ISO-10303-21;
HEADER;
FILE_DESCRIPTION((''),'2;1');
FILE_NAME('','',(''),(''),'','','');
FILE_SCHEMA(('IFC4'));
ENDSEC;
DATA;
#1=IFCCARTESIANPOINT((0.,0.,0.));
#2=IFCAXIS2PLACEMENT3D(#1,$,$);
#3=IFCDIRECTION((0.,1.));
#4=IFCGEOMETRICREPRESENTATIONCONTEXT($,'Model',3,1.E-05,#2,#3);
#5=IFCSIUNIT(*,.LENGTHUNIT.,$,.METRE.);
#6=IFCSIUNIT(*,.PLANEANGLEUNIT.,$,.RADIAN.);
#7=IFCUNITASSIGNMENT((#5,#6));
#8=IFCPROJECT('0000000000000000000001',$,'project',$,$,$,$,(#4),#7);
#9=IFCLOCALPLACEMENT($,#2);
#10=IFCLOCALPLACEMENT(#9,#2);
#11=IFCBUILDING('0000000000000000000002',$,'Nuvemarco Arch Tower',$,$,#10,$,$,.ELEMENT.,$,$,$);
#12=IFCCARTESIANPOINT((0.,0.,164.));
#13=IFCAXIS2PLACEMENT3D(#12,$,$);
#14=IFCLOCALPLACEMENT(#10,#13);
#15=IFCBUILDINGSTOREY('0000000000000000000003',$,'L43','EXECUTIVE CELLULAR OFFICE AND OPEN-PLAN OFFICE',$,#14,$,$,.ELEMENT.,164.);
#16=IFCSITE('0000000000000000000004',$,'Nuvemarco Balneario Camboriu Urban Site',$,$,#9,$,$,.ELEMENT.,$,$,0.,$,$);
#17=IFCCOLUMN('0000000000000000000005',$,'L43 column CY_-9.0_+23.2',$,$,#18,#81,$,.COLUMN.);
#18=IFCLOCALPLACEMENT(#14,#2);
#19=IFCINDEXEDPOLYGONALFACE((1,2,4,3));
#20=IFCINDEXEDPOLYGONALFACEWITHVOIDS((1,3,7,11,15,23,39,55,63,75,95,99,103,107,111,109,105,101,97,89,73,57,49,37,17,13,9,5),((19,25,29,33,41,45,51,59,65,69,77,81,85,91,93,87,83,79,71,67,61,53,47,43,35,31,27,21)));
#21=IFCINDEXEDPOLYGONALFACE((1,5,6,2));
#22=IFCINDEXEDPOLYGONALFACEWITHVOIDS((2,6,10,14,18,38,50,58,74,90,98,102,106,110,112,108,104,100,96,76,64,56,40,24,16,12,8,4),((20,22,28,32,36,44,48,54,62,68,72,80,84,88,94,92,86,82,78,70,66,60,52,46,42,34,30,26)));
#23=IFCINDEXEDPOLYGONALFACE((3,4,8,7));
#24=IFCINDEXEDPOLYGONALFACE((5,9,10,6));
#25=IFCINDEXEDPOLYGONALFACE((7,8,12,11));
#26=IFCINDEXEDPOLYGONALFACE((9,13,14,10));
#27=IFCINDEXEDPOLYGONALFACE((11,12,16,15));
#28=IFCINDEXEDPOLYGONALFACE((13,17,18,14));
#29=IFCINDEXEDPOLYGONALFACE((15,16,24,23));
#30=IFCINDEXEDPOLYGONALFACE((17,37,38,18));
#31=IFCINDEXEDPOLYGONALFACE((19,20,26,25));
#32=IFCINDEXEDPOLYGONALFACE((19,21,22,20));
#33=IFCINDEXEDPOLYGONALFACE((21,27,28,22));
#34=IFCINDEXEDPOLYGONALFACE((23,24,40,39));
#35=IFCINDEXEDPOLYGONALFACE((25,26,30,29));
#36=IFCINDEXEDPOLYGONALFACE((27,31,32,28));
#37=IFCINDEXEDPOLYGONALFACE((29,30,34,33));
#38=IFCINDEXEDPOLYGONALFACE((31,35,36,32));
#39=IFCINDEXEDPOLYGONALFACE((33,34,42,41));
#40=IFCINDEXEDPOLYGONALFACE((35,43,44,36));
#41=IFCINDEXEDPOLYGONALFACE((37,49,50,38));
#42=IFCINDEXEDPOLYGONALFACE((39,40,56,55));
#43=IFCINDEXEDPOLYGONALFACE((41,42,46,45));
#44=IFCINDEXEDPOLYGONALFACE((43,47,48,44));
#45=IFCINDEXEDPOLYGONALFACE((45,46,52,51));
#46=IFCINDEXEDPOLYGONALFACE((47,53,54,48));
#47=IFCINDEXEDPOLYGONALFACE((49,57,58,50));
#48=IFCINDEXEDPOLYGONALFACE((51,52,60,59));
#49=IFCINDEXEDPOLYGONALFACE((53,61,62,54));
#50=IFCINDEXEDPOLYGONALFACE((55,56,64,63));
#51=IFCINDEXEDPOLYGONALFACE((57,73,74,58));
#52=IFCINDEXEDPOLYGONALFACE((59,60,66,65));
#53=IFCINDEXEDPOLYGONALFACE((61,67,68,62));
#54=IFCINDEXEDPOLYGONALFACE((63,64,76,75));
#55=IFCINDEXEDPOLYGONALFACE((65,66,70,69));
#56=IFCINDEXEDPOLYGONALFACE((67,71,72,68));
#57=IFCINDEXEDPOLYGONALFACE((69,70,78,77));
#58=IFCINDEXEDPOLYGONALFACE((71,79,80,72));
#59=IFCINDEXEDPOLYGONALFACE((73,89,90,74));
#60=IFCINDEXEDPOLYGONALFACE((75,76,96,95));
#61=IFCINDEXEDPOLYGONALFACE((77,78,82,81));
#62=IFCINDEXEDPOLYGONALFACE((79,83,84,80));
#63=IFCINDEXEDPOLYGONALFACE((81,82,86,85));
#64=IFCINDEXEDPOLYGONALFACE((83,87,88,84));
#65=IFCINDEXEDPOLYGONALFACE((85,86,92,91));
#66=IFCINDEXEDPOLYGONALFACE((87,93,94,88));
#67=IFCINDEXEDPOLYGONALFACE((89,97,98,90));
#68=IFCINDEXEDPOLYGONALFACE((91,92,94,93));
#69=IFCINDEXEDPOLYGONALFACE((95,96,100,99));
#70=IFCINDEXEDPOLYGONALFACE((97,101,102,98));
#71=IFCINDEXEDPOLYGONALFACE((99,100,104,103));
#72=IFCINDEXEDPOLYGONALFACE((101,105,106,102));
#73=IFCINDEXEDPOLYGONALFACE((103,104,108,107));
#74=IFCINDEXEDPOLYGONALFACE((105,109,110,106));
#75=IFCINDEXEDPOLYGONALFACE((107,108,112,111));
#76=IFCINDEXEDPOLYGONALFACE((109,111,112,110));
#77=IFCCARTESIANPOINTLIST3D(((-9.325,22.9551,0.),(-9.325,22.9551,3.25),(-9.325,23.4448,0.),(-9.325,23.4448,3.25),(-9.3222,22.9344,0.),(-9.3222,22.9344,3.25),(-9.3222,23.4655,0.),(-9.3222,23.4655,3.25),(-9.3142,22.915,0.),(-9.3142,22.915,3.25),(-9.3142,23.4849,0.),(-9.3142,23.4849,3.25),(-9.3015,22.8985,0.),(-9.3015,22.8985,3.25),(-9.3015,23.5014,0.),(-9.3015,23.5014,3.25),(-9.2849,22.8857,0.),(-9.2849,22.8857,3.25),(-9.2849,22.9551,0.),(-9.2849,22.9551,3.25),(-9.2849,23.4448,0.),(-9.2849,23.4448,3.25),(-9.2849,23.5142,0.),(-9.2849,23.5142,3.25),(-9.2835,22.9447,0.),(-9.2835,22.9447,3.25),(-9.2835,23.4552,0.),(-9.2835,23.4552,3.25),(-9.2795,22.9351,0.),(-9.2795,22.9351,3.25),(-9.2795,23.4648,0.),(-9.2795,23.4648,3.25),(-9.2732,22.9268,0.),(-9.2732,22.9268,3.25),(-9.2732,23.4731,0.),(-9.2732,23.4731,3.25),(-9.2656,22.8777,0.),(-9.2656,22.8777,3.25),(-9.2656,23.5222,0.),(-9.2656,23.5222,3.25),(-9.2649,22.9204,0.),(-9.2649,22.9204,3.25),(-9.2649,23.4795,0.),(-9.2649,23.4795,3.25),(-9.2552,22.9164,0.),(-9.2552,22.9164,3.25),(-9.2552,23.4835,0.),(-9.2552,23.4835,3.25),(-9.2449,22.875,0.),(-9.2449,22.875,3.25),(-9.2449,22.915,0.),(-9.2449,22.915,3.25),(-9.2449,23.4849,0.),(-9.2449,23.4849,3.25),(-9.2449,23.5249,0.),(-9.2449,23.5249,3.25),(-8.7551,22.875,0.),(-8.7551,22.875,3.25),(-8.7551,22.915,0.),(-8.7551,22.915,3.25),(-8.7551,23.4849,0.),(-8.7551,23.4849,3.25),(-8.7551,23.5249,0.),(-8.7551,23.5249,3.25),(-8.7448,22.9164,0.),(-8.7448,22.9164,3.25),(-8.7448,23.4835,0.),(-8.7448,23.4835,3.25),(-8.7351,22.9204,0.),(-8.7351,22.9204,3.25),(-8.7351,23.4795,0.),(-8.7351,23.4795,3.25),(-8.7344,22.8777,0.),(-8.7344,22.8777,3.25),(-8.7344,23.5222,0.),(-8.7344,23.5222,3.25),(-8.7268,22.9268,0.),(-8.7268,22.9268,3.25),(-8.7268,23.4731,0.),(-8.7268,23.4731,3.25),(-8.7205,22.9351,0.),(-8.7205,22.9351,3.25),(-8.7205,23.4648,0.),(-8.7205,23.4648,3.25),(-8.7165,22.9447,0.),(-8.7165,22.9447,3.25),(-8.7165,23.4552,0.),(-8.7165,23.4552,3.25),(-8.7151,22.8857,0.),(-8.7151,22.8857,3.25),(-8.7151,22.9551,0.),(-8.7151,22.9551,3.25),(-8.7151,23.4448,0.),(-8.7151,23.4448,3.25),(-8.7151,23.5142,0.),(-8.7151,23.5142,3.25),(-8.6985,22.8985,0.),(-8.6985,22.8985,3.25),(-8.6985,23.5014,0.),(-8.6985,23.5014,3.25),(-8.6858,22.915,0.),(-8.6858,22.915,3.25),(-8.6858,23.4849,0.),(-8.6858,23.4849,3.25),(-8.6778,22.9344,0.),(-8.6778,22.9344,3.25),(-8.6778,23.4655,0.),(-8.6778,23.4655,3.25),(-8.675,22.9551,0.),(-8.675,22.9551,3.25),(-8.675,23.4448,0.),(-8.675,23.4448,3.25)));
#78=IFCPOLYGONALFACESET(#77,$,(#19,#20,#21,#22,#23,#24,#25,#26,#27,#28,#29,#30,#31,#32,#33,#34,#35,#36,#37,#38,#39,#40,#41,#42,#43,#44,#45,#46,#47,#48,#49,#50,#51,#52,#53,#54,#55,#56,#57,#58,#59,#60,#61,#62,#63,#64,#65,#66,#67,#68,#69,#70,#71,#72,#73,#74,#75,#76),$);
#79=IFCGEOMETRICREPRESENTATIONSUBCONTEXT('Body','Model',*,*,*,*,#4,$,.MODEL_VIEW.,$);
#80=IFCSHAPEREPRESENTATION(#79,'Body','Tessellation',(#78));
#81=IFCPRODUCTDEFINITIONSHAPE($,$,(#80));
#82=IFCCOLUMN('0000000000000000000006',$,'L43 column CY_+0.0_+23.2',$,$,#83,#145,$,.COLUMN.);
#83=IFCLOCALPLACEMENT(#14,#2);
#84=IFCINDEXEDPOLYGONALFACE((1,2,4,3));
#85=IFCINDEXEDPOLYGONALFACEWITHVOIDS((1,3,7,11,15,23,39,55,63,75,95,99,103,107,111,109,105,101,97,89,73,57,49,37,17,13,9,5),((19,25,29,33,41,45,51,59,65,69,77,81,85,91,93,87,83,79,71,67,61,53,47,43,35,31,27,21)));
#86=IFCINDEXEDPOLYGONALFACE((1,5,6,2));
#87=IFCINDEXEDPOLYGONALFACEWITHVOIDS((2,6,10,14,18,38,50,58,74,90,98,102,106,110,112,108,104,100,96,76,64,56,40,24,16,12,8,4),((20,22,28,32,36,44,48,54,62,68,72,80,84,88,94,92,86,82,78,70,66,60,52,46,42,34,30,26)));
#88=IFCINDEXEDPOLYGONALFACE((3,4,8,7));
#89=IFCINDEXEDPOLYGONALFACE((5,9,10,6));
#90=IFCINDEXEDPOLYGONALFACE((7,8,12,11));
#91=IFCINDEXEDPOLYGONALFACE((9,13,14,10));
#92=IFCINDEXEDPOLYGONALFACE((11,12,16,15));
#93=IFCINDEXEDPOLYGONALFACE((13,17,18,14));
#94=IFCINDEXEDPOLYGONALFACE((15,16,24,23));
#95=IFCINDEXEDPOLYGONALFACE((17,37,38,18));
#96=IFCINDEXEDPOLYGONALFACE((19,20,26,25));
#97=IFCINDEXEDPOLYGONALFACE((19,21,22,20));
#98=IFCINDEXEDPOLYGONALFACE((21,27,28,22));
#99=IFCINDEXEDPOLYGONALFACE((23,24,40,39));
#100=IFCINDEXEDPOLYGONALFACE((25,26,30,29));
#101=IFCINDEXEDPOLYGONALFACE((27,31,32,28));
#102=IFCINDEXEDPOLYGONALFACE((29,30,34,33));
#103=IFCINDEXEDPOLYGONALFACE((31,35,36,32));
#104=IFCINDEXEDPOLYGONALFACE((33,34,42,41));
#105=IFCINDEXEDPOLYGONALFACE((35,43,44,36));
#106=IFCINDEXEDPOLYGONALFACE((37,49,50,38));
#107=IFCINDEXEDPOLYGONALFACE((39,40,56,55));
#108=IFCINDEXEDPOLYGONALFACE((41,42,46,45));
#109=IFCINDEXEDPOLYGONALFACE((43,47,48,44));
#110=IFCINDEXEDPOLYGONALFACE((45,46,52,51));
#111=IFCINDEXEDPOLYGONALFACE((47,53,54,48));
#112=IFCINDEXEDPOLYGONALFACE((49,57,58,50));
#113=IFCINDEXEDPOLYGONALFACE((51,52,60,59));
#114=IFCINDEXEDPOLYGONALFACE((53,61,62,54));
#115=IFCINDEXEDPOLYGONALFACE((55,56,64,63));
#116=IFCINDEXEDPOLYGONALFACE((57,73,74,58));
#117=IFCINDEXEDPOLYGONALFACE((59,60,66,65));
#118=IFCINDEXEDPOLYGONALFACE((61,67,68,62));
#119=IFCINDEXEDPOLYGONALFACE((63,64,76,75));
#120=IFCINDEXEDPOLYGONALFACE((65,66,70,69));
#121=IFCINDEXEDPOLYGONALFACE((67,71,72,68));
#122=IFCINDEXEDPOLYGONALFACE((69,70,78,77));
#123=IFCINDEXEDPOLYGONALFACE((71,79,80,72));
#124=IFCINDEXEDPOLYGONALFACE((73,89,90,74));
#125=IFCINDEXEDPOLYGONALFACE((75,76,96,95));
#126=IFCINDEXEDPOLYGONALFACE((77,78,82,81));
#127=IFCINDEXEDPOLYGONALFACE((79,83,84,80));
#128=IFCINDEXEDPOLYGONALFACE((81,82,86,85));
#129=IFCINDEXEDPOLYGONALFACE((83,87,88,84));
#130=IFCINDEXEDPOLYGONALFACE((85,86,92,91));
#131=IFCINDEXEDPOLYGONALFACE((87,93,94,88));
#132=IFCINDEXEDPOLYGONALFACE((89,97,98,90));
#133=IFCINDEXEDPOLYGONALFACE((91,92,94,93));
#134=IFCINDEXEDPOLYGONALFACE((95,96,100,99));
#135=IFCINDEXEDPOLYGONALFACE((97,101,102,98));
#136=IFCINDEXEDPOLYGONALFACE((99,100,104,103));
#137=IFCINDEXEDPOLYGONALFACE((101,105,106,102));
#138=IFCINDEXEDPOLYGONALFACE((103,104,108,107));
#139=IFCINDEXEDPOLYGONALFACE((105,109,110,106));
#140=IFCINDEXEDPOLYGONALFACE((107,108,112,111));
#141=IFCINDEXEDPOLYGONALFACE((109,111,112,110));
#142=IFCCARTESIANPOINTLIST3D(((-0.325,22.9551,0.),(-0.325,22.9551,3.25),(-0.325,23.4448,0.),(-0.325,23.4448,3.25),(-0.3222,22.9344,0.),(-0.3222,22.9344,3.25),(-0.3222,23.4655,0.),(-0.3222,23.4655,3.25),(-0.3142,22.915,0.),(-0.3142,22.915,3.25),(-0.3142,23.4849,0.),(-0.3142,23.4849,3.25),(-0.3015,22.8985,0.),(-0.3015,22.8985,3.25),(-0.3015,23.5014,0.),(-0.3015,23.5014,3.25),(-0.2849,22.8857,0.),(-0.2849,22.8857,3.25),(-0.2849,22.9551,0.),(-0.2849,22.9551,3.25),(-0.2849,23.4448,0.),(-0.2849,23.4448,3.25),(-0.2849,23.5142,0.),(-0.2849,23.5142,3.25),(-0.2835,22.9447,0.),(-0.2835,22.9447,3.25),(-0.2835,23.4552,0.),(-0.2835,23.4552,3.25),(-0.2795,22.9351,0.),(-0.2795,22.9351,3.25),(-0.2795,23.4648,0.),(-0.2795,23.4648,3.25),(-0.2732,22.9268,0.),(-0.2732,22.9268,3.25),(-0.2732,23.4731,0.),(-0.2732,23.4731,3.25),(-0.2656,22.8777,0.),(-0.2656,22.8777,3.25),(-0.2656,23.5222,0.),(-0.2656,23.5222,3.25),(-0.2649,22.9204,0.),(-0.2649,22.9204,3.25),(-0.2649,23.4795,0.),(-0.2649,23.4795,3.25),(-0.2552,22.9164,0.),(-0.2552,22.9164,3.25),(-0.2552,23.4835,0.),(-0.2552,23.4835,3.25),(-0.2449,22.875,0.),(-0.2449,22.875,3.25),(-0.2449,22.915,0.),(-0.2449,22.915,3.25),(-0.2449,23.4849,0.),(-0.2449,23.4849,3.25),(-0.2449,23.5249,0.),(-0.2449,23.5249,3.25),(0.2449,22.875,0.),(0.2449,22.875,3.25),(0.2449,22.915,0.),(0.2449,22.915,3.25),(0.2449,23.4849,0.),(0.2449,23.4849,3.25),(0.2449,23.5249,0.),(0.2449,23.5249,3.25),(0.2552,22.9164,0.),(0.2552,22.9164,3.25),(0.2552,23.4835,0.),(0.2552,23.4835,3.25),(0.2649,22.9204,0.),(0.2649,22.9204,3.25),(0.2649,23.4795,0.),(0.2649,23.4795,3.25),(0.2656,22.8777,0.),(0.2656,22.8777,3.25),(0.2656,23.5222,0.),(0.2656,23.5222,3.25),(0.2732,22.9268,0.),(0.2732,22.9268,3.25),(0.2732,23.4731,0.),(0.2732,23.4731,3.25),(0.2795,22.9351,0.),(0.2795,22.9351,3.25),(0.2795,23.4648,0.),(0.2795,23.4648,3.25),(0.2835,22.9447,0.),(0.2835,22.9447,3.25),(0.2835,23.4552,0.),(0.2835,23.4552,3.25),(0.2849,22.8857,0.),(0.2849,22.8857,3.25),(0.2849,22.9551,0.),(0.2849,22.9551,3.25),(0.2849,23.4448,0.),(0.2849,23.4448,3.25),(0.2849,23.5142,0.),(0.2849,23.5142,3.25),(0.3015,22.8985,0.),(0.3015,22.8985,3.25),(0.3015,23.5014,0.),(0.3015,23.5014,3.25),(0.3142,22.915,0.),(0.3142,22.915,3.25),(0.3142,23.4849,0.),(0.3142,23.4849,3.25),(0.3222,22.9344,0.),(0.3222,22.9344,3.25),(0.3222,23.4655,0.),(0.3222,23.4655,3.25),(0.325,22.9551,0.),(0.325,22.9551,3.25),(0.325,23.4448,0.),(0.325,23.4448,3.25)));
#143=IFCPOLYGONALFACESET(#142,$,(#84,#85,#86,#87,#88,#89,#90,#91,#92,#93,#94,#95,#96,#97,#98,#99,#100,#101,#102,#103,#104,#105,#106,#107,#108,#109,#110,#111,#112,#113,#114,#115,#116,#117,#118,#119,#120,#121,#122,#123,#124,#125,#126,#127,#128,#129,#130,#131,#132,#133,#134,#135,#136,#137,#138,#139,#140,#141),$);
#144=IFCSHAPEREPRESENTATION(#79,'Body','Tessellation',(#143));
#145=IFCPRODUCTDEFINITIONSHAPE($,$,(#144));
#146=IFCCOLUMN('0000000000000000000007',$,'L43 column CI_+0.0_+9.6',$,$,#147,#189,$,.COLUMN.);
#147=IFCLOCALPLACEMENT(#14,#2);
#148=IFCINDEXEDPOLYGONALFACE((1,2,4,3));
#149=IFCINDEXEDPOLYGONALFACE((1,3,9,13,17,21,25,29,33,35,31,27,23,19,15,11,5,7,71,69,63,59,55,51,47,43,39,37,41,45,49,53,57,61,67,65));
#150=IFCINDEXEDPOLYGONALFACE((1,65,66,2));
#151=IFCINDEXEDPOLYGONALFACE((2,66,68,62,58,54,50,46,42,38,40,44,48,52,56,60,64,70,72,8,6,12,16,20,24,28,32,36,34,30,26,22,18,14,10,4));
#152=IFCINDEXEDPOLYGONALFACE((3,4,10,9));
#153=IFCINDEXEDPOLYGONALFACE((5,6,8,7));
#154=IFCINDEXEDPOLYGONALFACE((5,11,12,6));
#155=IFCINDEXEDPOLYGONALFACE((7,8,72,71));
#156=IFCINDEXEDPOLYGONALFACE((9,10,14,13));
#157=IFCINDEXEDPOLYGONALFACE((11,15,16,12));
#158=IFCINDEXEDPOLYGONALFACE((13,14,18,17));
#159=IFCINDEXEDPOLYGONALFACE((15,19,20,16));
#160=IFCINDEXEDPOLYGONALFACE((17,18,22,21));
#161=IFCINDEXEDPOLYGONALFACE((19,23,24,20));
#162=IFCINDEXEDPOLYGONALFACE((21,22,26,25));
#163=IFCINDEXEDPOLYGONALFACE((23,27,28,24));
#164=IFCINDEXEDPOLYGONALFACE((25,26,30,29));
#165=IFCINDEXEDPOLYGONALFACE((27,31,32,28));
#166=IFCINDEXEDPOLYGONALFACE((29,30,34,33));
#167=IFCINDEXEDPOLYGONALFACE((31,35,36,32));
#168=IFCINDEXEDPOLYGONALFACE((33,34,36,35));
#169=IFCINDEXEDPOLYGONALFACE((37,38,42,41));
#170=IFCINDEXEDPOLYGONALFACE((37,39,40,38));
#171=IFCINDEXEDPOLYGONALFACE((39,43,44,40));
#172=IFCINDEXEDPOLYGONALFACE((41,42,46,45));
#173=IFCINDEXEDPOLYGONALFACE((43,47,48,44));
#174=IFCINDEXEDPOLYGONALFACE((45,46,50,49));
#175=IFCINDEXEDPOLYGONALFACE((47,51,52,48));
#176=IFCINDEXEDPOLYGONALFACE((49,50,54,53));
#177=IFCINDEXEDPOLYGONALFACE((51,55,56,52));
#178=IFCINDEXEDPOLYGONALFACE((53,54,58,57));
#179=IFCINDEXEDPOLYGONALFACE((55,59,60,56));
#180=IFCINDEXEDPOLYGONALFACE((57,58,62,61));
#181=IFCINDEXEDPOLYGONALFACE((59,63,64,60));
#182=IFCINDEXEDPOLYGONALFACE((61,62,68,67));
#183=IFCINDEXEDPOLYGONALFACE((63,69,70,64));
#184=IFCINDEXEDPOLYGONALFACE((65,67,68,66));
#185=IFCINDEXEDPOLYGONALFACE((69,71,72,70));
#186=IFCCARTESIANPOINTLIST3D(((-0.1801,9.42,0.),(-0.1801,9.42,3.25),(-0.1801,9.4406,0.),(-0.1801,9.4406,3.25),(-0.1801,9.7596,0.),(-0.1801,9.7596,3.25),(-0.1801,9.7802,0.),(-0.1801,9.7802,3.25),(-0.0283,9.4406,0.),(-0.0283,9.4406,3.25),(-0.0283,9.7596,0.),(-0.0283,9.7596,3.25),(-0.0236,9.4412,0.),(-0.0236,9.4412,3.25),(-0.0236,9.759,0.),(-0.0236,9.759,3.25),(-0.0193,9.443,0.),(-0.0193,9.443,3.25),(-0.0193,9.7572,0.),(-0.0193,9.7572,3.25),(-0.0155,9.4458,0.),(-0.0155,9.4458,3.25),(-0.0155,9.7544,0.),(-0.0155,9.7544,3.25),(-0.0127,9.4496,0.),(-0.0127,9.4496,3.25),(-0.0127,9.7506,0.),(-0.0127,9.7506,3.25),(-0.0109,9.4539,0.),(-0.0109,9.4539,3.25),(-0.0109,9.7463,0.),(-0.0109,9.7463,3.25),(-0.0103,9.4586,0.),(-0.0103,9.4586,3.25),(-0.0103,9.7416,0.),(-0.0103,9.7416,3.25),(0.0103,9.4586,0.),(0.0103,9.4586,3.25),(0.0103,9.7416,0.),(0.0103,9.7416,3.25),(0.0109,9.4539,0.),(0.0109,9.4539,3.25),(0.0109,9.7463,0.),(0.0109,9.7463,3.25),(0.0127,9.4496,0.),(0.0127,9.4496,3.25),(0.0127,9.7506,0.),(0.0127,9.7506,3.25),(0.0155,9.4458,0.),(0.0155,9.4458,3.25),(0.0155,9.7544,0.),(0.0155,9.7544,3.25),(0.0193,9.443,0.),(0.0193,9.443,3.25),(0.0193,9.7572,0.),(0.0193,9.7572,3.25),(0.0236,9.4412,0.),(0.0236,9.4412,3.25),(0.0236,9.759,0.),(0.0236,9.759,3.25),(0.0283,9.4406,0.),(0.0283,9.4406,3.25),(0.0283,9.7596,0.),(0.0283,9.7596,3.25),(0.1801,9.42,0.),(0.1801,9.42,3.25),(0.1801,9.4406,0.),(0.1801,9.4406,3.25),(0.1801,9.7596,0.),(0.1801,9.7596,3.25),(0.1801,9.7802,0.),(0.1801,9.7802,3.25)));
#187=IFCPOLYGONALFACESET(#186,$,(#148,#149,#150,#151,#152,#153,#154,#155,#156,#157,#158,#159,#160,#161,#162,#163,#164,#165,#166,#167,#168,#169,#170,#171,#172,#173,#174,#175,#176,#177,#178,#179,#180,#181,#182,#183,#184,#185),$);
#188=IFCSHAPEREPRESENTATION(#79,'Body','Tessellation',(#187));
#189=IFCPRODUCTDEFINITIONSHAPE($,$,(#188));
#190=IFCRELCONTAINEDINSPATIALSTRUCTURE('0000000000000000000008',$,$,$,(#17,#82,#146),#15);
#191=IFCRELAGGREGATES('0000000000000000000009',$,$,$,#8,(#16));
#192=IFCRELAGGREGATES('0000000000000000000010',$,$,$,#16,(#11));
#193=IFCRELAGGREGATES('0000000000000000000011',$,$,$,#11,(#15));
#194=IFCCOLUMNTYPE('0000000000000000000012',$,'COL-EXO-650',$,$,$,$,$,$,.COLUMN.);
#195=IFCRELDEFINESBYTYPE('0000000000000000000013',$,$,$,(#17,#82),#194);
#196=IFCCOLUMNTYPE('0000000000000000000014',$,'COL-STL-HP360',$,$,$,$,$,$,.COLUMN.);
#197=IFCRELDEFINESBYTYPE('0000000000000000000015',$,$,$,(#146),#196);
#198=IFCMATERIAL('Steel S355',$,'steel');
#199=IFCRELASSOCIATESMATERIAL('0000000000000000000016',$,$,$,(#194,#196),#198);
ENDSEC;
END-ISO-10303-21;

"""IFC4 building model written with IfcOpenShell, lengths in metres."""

from ifc_helpers import new_model, si_unit, direction, frame, origin, origin_2d, place, context, subcontext, project, spatial, hollow_rectangle, i_section, extrude, material, material_profile, profile_set, type_object, element, save


model = new_model("IFC4")

# Units and contexts
model_context = context("Model", 3, precision=1e-05, world=origin(), true_north=direction((0.0, 1.0)))
body_context = subcontext(model_context, "Body", "Model", "MODEL_VIEW")
ifc_project = project(units=[si_unit("LENGTHUNIT", "METRE"), si_unit("PLANEANGLEUNIT", "RADIAN")], contexts=[model_context])

# Site, building, storey
site_placement = place(None, origin())
site = spatial("IfcSite", under=ifc_project, at=site_placement, Name="Nuvemarco Balneario Camboriu Urban Site", CompositionType="ELEMENT", RefElevation=0.0)
building_placement = place(site_placement, origin())
building = spatial("IfcBuilding", under=site, at=building_placement, Name="Nuvemarco Arch Tower", CompositionType="ELEMENT")
storey_placement = place(building_placement, frame((0.0, 0.0, 164.0)))
storey = spatial("IfcBuildingStorey", under=building, at=storey_placement, Name="L43", Description="EXECUTIVE CELLULAR OFFICE AND OPEN-PLAN OFFICE", CompositionType="ELEMENT", Elevation=164.0)

# Columns
ifc_material_1 = material(Name="Steel S355", Category="steel")
ifc_material_profile_1 = material_profile(ifc_material_1, hollow_rectangle(XDim=0.6499, YDim=0.6499, WallThickness=0.04, InnerFilletRadius=0.04, OuterFilletRadius=0.0801, at=origin_2d()), Name="SHS650x650x40")
ifc_profile_set_1 = profile_set([ifc_material_profile_1], Name="Steel S355")
column_type_1 = type_object("IfcColumnType", Name="COL-EXO-650", PredefinedType="COLUMN", material=ifc_profile_set_1)
for number, where, z_axis, x_axis, name in (
    (1, (-9.0, 23.2, 0.0), (0.0, 0.0, 1.0), (1.0, 0.0, 0.0), "L43 column CY_-9.0_+23.2"),
    (2, (0.0, 23.2, 0.0), (0.0, 0.0, 1.0), (1.0, 0.0, 0.0), "L43 column CY_+0.0_+23.2"),
):
    element("IfcColumn", number, at=place(storey_placement, frame(where, z_axis=z_axis, x_axis=x_axis)), inside=storey, type_object=column_type_1, Name=name, PredefinedType="COLUMN", context=body_context, shape_type="SweptSolid", body=[
        extrude(hollow_rectangle(XDim=0.6499, YDim=0.6499, WallThickness=0.04, InnerFilletRadius=0.04, OuterFilletRadius=0.0801, at=origin_2d()), origin(), (0.0, 0.0, 1.0), 3.25),
    ])
ifc_material_profile_2 = material_profile(ifc_material_1, i_section(OverallWidth=0.3601, OverallDepth=0.3601, WebThickness=0.0205, FlangeThickness=0.0205, FilletRadius=0.0181, at=origin_2d()), Name="HP360x174")
ifc_profile_set_2 = profile_set([ifc_material_profile_2], Name="Steel S355")
column_type_2 = type_object("IfcColumnType", Name="COL-STL-HP360", PredefinedType="COLUMN", material=ifc_profile_set_2)
for number, where, z_axis, x_axis, name in (
    (3, (0.0, 9.6001, 0.0), (0.0, 0.0, 1.0), (1.0, 0.0, 0.0), "L43 column CI_+0.0_+9.6"),
):
    element("IfcColumn", number, at=place(storey_placement, frame(where, z_axis=z_axis, x_axis=x_axis)), inside=storey, type_object=column_type_2, Name=name, PredefinedType="COLUMN", context=body_context, shape_type="SweptSolid", body=[
        extrude(i_section(OverallWidth=0.3601, OverallDepth=0.3601, WebThickness=0.0205, FlangeThickness=0.0205, FilletRadius=0.0181, at=origin_2d()), origin(), (0.0, 0.0, 1.0), 3.25),
    ])

save(model, "model.ifc")
